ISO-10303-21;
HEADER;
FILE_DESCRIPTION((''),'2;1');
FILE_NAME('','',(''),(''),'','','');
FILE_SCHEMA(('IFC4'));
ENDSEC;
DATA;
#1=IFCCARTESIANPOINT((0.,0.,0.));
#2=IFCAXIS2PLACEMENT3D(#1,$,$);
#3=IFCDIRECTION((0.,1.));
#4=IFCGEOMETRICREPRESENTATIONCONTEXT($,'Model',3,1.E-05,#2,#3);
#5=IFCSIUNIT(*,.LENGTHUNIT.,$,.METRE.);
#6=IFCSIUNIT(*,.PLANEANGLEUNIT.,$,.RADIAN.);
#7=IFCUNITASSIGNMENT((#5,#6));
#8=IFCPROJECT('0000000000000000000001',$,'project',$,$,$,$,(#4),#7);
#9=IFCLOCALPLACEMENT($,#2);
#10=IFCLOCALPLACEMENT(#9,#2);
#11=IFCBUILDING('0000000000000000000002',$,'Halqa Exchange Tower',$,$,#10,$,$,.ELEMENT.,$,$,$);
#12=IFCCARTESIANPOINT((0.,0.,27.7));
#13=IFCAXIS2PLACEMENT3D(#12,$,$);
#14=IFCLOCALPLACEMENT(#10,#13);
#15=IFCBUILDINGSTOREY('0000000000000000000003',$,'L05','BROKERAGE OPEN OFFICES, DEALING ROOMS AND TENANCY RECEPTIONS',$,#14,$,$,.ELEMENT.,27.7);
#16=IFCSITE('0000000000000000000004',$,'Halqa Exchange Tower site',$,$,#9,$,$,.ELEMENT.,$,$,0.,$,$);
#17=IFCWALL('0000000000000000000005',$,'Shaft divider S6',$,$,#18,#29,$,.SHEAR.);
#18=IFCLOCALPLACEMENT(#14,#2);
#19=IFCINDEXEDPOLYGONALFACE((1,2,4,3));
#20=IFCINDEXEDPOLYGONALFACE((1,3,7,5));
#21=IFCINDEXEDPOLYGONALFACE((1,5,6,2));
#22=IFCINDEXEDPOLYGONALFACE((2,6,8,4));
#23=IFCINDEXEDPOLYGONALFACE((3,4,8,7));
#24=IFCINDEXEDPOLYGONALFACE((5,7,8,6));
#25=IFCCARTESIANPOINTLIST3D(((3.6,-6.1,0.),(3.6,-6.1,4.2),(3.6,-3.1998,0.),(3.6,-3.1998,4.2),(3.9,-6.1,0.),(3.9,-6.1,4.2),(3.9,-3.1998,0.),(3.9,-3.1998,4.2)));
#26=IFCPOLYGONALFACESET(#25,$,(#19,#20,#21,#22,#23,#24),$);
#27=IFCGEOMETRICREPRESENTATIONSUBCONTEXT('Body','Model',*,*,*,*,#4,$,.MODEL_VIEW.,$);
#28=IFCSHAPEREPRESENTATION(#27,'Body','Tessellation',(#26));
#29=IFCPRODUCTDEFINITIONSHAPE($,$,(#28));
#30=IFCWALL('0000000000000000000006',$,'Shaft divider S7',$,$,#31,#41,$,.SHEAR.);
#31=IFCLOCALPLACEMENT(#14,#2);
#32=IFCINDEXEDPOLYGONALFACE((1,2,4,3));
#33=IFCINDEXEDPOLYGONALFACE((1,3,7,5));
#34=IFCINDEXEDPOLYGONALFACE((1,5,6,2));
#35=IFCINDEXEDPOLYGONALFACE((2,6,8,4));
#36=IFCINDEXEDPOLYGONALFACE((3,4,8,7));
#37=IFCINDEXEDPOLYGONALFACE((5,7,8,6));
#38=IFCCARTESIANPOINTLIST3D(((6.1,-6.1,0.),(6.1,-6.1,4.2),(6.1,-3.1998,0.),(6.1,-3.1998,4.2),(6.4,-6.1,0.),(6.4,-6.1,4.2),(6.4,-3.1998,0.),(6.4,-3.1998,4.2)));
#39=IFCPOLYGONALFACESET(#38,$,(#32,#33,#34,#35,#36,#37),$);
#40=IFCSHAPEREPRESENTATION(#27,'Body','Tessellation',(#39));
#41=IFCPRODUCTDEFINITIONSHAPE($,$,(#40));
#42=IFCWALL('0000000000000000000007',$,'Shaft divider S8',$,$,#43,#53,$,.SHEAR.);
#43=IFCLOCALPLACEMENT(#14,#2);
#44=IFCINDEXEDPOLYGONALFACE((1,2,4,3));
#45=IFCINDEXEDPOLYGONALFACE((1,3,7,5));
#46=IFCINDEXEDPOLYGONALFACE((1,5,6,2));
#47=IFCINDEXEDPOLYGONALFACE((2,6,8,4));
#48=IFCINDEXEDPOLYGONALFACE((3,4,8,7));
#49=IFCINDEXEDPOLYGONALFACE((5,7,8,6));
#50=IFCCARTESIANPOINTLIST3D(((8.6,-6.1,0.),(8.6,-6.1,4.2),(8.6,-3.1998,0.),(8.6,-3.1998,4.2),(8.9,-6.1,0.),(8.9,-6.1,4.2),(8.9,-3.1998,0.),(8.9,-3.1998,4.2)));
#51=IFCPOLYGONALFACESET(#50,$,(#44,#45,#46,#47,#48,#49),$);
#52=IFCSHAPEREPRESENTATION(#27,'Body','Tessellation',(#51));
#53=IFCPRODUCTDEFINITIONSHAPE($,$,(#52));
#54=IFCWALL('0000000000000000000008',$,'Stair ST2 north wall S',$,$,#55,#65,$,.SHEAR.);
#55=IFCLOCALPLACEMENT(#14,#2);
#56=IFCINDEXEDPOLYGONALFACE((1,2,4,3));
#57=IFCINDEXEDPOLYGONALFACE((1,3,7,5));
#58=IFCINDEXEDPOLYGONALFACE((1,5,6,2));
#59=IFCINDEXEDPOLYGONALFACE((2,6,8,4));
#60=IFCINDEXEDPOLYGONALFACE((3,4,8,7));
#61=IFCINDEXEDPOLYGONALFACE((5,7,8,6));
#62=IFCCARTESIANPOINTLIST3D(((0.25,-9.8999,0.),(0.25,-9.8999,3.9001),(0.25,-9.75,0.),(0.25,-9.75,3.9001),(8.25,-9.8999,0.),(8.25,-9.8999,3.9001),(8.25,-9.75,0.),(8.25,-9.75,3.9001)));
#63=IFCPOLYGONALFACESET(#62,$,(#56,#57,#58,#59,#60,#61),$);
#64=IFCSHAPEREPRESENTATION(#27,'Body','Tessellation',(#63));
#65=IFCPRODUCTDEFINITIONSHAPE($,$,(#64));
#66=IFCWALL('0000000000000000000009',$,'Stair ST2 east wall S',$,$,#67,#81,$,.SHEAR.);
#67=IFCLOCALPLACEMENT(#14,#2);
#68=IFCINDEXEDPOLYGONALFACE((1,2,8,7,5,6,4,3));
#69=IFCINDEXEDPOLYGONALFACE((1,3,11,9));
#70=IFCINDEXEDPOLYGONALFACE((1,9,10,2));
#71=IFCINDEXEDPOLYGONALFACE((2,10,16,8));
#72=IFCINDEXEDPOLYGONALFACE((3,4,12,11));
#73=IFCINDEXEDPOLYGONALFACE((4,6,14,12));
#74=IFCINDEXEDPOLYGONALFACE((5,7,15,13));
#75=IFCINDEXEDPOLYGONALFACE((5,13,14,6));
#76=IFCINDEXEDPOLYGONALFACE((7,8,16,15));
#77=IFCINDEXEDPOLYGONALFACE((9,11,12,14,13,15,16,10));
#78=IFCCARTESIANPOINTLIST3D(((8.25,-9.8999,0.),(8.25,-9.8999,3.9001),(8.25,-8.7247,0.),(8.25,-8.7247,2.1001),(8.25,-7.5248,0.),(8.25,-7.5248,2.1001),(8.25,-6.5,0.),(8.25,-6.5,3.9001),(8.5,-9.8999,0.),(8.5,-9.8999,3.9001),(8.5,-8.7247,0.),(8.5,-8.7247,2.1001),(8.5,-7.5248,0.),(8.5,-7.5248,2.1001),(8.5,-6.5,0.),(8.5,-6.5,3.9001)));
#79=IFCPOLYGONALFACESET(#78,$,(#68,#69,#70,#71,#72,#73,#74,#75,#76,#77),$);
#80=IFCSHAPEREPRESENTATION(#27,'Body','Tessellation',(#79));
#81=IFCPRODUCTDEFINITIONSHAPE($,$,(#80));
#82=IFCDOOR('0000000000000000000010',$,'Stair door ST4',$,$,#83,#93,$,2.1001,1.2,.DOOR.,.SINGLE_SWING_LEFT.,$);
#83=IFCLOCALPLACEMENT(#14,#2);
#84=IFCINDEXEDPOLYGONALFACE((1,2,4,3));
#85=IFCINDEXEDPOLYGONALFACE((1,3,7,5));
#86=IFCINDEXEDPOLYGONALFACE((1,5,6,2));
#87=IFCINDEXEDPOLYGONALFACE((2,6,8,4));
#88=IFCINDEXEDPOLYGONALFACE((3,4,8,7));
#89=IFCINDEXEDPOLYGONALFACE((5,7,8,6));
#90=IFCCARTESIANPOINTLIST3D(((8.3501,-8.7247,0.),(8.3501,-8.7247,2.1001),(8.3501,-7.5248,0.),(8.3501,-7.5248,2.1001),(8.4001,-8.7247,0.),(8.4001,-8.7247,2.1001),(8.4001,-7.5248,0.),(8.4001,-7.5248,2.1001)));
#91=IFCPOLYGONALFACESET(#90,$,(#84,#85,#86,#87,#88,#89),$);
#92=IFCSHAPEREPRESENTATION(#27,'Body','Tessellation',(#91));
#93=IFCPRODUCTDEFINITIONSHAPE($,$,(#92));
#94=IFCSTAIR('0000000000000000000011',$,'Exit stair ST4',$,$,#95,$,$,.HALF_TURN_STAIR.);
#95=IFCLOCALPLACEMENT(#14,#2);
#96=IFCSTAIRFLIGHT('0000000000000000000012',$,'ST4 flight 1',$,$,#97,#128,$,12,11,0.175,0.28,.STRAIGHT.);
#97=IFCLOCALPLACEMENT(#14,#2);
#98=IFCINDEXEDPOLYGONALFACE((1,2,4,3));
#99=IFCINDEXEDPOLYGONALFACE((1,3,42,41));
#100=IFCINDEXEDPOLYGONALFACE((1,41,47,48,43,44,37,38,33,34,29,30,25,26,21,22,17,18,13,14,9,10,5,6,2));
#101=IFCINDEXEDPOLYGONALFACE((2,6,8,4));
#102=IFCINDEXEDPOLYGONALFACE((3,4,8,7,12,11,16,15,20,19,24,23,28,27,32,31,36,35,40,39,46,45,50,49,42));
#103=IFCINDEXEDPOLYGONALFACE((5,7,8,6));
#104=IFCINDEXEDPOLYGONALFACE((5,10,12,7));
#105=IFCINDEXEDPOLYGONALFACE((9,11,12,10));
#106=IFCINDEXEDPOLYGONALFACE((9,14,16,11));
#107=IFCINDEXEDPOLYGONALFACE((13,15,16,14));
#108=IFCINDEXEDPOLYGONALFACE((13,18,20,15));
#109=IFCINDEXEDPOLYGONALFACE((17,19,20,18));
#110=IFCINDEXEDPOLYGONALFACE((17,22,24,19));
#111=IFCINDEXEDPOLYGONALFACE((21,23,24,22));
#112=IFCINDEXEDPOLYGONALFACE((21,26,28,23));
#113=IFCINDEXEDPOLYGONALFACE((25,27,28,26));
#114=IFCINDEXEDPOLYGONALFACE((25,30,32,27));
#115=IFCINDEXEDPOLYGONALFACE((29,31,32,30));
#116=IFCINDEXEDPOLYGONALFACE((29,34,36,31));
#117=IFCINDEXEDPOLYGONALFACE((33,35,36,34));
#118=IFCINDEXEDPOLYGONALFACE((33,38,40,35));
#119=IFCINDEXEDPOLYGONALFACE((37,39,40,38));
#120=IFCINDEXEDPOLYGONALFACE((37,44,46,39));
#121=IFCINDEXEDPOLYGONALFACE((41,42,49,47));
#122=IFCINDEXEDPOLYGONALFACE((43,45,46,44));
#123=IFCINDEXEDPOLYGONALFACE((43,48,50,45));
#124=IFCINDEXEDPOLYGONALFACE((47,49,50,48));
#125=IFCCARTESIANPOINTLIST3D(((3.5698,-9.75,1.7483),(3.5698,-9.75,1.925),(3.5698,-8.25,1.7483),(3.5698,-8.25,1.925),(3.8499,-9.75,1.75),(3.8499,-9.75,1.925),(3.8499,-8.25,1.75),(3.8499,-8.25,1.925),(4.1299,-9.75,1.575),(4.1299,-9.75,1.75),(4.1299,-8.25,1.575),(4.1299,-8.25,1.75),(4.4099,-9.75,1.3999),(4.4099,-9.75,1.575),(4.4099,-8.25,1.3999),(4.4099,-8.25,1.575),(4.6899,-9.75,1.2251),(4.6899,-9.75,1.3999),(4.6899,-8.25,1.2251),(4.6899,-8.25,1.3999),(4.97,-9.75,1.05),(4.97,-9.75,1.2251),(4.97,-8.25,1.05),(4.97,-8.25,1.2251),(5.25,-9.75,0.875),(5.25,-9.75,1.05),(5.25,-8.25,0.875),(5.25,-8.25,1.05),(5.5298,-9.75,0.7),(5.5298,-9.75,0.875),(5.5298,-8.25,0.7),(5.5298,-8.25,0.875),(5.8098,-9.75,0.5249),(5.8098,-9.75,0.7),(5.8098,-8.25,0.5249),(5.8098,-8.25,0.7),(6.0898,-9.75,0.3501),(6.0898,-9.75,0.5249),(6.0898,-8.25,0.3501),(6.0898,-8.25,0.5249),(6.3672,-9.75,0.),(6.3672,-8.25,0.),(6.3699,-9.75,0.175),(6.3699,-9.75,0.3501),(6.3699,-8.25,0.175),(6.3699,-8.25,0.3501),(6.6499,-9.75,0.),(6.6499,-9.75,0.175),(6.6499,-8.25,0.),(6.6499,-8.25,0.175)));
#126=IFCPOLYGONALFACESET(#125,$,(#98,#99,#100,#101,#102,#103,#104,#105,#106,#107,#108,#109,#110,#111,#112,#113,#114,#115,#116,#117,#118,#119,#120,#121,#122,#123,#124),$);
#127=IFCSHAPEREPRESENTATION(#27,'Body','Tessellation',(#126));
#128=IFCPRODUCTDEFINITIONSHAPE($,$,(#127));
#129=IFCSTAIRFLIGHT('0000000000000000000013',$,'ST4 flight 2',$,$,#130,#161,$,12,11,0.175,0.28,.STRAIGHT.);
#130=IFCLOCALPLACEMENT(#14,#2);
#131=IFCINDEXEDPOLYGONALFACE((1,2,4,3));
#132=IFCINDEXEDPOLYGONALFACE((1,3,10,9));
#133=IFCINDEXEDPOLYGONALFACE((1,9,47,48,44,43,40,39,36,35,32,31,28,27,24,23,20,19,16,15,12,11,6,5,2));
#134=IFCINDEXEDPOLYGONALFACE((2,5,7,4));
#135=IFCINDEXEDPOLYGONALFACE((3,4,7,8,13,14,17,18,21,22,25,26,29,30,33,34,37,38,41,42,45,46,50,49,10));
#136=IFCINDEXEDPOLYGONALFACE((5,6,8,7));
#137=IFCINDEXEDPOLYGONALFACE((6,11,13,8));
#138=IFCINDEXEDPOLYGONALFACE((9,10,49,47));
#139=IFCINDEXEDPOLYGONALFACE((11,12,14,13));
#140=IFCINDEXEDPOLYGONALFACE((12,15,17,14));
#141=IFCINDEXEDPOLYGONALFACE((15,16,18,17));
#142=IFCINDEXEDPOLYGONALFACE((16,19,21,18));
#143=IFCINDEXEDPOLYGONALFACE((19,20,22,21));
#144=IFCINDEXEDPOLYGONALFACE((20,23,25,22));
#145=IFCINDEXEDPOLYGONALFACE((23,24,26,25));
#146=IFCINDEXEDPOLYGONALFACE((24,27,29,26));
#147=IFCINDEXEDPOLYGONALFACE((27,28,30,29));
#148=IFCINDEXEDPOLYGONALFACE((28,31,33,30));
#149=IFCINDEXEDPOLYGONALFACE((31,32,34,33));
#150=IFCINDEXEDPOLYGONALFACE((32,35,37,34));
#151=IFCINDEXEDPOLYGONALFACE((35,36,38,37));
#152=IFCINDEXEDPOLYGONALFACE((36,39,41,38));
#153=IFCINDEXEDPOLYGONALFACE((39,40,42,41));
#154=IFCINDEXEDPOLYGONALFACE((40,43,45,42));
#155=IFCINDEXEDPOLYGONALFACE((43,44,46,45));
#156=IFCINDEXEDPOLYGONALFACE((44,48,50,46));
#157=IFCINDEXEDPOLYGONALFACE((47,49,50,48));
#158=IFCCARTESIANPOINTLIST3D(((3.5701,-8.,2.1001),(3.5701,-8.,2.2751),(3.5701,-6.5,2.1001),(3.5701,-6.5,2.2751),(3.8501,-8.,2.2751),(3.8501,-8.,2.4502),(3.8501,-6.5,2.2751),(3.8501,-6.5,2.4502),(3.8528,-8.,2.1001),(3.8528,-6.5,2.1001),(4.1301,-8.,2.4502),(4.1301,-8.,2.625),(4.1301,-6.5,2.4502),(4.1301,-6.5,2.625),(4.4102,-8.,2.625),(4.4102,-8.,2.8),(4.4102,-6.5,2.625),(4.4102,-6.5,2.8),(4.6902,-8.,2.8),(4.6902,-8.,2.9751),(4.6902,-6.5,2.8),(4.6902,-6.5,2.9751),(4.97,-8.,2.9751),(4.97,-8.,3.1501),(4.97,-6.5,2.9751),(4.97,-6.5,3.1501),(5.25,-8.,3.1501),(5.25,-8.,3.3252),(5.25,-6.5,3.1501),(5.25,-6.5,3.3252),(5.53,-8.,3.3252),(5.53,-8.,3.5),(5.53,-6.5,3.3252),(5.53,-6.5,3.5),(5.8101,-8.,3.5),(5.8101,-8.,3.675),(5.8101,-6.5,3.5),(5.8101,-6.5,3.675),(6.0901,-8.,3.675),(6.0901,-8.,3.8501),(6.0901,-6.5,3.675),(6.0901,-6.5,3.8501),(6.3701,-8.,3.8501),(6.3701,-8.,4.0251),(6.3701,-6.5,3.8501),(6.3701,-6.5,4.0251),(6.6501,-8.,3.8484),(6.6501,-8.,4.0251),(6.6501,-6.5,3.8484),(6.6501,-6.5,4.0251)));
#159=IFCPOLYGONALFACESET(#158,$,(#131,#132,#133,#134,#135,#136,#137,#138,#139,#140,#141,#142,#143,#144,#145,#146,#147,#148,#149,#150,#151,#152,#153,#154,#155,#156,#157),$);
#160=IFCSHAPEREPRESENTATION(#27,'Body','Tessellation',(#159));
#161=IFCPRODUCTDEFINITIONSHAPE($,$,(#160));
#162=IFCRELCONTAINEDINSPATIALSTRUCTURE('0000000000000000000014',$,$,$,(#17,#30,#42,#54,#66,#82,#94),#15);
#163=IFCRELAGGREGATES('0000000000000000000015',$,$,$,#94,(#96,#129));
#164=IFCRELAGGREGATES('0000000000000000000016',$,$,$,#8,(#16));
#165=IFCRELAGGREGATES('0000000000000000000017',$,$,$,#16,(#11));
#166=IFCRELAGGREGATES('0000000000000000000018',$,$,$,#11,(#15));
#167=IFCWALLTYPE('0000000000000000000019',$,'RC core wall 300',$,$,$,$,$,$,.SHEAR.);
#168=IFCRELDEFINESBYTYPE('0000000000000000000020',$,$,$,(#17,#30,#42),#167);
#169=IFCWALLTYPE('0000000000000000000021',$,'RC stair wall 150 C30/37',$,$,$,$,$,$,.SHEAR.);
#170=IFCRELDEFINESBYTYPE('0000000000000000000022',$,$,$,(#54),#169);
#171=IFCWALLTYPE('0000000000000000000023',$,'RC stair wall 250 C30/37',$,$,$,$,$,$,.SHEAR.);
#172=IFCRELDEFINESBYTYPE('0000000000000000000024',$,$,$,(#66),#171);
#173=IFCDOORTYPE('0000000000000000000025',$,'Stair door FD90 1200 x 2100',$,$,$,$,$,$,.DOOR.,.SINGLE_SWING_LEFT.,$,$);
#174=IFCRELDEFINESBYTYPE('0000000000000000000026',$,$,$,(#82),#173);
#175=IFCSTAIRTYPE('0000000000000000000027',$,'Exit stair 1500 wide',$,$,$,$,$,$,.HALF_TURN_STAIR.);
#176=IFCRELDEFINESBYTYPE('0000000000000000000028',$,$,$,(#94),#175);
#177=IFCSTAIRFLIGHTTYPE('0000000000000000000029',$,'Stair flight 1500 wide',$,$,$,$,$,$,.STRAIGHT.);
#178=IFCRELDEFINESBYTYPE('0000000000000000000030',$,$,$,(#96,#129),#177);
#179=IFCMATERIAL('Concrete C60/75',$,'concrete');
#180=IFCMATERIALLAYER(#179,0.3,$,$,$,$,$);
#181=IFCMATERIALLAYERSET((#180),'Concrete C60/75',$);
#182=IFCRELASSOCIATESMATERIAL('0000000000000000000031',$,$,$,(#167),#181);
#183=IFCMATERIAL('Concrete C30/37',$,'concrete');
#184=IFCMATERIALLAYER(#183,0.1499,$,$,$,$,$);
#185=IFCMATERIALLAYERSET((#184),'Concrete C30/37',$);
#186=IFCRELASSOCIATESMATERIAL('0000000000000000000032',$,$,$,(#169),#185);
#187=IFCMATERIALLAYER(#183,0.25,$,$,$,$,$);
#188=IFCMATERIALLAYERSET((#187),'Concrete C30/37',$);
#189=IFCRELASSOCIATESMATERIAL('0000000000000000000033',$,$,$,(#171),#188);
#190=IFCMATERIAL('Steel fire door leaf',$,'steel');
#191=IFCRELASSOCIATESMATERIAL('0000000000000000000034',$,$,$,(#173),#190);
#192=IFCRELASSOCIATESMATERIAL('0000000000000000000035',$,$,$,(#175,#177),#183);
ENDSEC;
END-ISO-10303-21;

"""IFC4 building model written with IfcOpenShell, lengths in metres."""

from ifc_helpers import new_model, si_unit, direction, frame, frame_2d, origin, place, context, subcontext, project, spatial, polyline, rectangle, outline, extrude, material, layer, layer_set, type_object, element, fill, aggregate, save


model = new_model("IFC4")

# Units and contexts
model_context = context("Model", 3, precision=1e-05, world=origin(), true_north=direction((0.0, 1.0)))
body_context = subcontext(model_context, "Body", "Model", "MODEL_VIEW")
ifc_project = project(units=[si_unit("LENGTHUNIT", "METRE"), si_unit("PLANEANGLEUNIT", "RADIAN")], contexts=[model_context])

# Site, building, storey
site_placement = place(None, origin())
site = spatial("IfcSite", under=ifc_project, at=site_placement, Name="Halqa Exchange Tower site", CompositionType="ELEMENT", RefElevation=0.0)
building_placement = place(site_placement, origin())
building = spatial("IfcBuilding", under=site, at=building_placement, Name="Halqa Exchange Tower", CompositionType="ELEMENT")
storey_placement = place(building_placement, frame((0.0, 0.0, 27.7)))
storey = spatial("IfcBuildingStorey", under=building, at=storey_placement, Name="L05", Description="BROKERAGE OPEN OFFICES, DEALING ROOMS AND TENANCY RECEPTIONS", CompositionType="ELEMENT", Elevation=27.7)

# Shared definitions
ifc_material_1 = material(Name="Concrete C60/75", Category="concrete")

# Walls
ifc_layer_1 = layer(ifc_material_1, 0.3)
ifc_layer_set_1 = layer_set([ifc_layer_1], Name="Concrete C60/75")
wall_type_1 = type_object("IfcWallType", Name="RC core wall 300", PredefinedType="SHEAR", material=ifc_layer_set_1)
for number, where, z_axis, x_axis, name in (
    (1, (3.75, -6.1001, 0.0), (0.0, 0.0, 1.0), (0.0, 1.0, 0.0), "Shaft divider S6"),
    (2, (6.25, -6.1001, 0.0), (0.0, 0.0, 1.0), (0.0, 1.0, 0.0), "Shaft divider S7"),
    (3, (8.75, -6.1001, 0.0), (0.0, 0.0, 1.0), (0.0, 1.0, 0.0), "Shaft divider S8"),
):
    element("IfcWall", number, at=place(storey_placement, frame(where, z_axis=z_axis, x_axis=x_axis)), inside=storey, type_object=wall_type_1, Name=name, PredefinedType="SHEAR", context=body_context, shape_type="SweptSolid", body=[
        extrude(rectangle(XDim=2.9001, YDim=0.3, at=frame_2d((1.4502, 0.0))), origin(), (0.0, 0.0, 1.0), 4.2),
    ])
ifc_material_2 = material(Name="Concrete C30/37", Category="concrete")
ifc_layer_2 = layer(ifc_material_2, 0.1499)
ifc_layer_set_2 = layer_set([ifc_layer_2], Name="Concrete C30/37")
wall_type_2 = type_object("IfcWallType", Name="RC stair wall 150 C30/37", PredefinedType="SHEAR", material=ifc_layer_set_2)
wall_1_placement = place(storey_placement, frame((0.25, -9.825, 0.0), z_axis=(0.0, 0.0, 1.0), x_axis=(1.0, 0.0, 0.0)))
element("IfcWall", 4, at=wall_1_placement, inside=storey, type_object=wall_type_2, Name="Stair ST2 north wall S", PredefinedType="SHEAR", context=body_context, shape_type="SweptSolid", body=[
    extrude(rectangle(XDim=8.0, YDim=0.1499, at=frame_2d((4.0, 0.0))), origin(), (0.0, 0.0, 1.0), 3.9001),
])

# Wall, opening, door
ifc_layer_3 = layer(ifc_material_2, 0.25)
ifc_layer_set_3 = layer_set([ifc_layer_3], Name="Concrete C30/37")
wall_type_3 = type_object("IfcWallType", Name="RC stair wall 250 C30/37", PredefinedType="SHEAR", material=ifc_layer_set_3)
wall_2_placement = place(storey_placement, frame((8.375, -9.8999, 0.0), z_axis=(0.0, 0.0, 1.0), x_axis=(0.0, 1.0, 0.0)))
wall_2 = element("IfcWall", 5, at=wall_2_placement, inside=storey, type_object=wall_type_3, Name="Stair ST2 east wall S", PredefinedType="SHEAR", context=body_context, shape_type="SweptSolid", body=[
    extrude(rectangle(XDim=3.3999, YDim=0.25, at=frame_2d((1.7, 0.0))), origin(), (0.0, 0.0, 1.0), 3.9001),
])
opening_placement = place(wall_2_placement, frame((1.175, 0.0, 0.0)))
opening = element("IfcOpeningElement", 6, at=opening_placement, cuts=wall_2, PredefinedType="OPENING", context=body_context, shape_type="SweptSolid", body=[
    extrude(rectangle(XDim=1.2, YDim=2.1001, at=frame_2d((0.6001, 1.05))), frame((0.0, 0.137, 0.0), z_axis=(0.0, -1.0, 0.0), x_axis=(1.0, 0.0, 0.0)), (0.0, 0.0, 1.0), 0.2739),
])
ifc_material_3 = material(Name="Steel fire door leaf", Category="steel")
door_type = type_object("IfcDoorType", Name="Stair door FD90 1200 x 2100", OperationType="SINGLE_SWING_LEFT", PredefinedType="DOOR", material=ifc_material_3)
door_placement = place(opening_placement, origin())
door = element("IfcDoor", 7, at=door_placement, inside=storey, type_object=door_type, Name="Stair door ST4", OperationType="SINGLE_SWING_LEFT", OverallHeight=2.1001, OverallWidth=1.2, PredefinedType="DOOR", context=body_context, shape_type="SweptSolid", body=[
    extrude(rectangle(XDim=1.2, YDim=2.1001, at=frame_2d((0.6001, 1.05))), frame((0.0, 0.0249, 0.0), z_axis=(0.0, -1.0, 0.0), x_axis=(1.0, 0.0, 0.0)), (0.0, 0.0, 1.0), 0.05),
])
fill(opening, door)

# Stair, stair flights
stair_type = type_object("IfcStairType", Name="Exit stair 1500 wide", PredefinedType="HALF_TURN_STAIR", material=ifc_material_2)
stair_placement = place(storey_placement, origin())
stair = element("IfcStair", 8, at=stair_placement, inside=storey, type_object=stair_type, Name="Exit stair ST4", PredefinedType="HALF_TURN_STAIR")
stair_flight_type = type_object("IfcStairFlightType", Name="Stair flight 1500 wide", PredefinedType="STRAIGHT", material=ifc_material_2)
stair_flight_1_placement = place(storey_placement, frame((6.6499, -9.0, 0.0), z_axis=(0.0, 0.0, 1.0), x_axis=(-1.0, 0.0, 0.0)))
stair_flight_1 = element("IfcStairFlight", 9, at=stair_flight_1_placement, type_object=stair_flight_type, Name="ST4 flight 1", NumberOfRisers=12, NumberOfTreads=11, PredefinedType="STRAIGHT", RiserHeight=0.175, TreadLength=0.28, context=body_context, shape_type="SweptSolid", body=[
    extrude(outline(polyline([(0.0, 0.0), (0.0, 0.175), (0.28, 0.175), (0.28, 0.3501), (0.5601, 0.3501), (0.5601, 0.5249), (0.8401, 0.5249), (0.8401, 0.7), (1.1201, 0.7), (1.1201, 0.875), (1.3999, 0.875), (1.3999, 1.05), (1.6799, 1.05), (1.6799, 1.2251), (1.96, 1.2251), (1.96, 1.3999), (2.24, 1.3999), (2.24, 1.575), (2.52, 1.575), (2.52, 1.75), (2.8, 1.75), (2.8, 1.925), (3.0801, 1.925), (3.0801, 2.1001), (3.0801, 1.7483), (0.2827, 0.0), (0.0, 0.0)])), frame((0.0, 0.75, 0.0), z_axis=(0.0, -1.0, 0.0), x_axis=(1.0, 0.0, 0.0)), (0.0, 0.0, 1.0), 1.5),
])
stair_flight_2_placement = place(storey_placement, frame((3.5701, -7.25, 2.1001), z_axis=(0.0, 0.0, 1.0), x_axis=(1.0, 0.0, 0.0)))
stair_flight_2 = element("IfcStairFlight", 10, at=stair_flight_2_placement, type_object=stair_flight_type, Name="ST4 flight 2", NumberOfRisers=12, NumberOfTreads=11, PredefinedType="STRAIGHT", RiserHeight=0.175, TreadLength=0.28, context=body_context, shape_type="SweptSolid", body=[
    extrude(outline(polyline([(0.0, 0.0), (0.0, 0.175), (0.28, 0.175), (0.28, 0.3501), (0.5601, 0.3501), (0.5601, 0.5249), (0.8401, 0.5249), (0.8401, 0.7), (1.1201, 0.7), (1.1201, 0.875), (1.3999, 0.875), (1.3999, 1.05), (1.6799, 1.05), (1.6799, 1.2251), (1.96, 1.2251), (1.96, 1.3999), (2.24, 1.3999), (2.24, 1.575), (2.52, 1.575), (2.52, 1.75), (2.8, 1.75), (2.8, 1.925), (3.0801, 1.925), (3.0801, 2.1001), (3.0801, 1.7483), (0.2827, 0.0), (0.0, 0.0)])), frame((0.0, 0.75, 0.0), z_axis=(0.0, -1.0, 0.0), x_axis=(1.0, 0.0, 0.0)), (0.0, 0.0, 1.0), 1.5),
])
aggregate(stair, [stair_flight_1, stair_flight_2])

save(model, "model.ifc")
